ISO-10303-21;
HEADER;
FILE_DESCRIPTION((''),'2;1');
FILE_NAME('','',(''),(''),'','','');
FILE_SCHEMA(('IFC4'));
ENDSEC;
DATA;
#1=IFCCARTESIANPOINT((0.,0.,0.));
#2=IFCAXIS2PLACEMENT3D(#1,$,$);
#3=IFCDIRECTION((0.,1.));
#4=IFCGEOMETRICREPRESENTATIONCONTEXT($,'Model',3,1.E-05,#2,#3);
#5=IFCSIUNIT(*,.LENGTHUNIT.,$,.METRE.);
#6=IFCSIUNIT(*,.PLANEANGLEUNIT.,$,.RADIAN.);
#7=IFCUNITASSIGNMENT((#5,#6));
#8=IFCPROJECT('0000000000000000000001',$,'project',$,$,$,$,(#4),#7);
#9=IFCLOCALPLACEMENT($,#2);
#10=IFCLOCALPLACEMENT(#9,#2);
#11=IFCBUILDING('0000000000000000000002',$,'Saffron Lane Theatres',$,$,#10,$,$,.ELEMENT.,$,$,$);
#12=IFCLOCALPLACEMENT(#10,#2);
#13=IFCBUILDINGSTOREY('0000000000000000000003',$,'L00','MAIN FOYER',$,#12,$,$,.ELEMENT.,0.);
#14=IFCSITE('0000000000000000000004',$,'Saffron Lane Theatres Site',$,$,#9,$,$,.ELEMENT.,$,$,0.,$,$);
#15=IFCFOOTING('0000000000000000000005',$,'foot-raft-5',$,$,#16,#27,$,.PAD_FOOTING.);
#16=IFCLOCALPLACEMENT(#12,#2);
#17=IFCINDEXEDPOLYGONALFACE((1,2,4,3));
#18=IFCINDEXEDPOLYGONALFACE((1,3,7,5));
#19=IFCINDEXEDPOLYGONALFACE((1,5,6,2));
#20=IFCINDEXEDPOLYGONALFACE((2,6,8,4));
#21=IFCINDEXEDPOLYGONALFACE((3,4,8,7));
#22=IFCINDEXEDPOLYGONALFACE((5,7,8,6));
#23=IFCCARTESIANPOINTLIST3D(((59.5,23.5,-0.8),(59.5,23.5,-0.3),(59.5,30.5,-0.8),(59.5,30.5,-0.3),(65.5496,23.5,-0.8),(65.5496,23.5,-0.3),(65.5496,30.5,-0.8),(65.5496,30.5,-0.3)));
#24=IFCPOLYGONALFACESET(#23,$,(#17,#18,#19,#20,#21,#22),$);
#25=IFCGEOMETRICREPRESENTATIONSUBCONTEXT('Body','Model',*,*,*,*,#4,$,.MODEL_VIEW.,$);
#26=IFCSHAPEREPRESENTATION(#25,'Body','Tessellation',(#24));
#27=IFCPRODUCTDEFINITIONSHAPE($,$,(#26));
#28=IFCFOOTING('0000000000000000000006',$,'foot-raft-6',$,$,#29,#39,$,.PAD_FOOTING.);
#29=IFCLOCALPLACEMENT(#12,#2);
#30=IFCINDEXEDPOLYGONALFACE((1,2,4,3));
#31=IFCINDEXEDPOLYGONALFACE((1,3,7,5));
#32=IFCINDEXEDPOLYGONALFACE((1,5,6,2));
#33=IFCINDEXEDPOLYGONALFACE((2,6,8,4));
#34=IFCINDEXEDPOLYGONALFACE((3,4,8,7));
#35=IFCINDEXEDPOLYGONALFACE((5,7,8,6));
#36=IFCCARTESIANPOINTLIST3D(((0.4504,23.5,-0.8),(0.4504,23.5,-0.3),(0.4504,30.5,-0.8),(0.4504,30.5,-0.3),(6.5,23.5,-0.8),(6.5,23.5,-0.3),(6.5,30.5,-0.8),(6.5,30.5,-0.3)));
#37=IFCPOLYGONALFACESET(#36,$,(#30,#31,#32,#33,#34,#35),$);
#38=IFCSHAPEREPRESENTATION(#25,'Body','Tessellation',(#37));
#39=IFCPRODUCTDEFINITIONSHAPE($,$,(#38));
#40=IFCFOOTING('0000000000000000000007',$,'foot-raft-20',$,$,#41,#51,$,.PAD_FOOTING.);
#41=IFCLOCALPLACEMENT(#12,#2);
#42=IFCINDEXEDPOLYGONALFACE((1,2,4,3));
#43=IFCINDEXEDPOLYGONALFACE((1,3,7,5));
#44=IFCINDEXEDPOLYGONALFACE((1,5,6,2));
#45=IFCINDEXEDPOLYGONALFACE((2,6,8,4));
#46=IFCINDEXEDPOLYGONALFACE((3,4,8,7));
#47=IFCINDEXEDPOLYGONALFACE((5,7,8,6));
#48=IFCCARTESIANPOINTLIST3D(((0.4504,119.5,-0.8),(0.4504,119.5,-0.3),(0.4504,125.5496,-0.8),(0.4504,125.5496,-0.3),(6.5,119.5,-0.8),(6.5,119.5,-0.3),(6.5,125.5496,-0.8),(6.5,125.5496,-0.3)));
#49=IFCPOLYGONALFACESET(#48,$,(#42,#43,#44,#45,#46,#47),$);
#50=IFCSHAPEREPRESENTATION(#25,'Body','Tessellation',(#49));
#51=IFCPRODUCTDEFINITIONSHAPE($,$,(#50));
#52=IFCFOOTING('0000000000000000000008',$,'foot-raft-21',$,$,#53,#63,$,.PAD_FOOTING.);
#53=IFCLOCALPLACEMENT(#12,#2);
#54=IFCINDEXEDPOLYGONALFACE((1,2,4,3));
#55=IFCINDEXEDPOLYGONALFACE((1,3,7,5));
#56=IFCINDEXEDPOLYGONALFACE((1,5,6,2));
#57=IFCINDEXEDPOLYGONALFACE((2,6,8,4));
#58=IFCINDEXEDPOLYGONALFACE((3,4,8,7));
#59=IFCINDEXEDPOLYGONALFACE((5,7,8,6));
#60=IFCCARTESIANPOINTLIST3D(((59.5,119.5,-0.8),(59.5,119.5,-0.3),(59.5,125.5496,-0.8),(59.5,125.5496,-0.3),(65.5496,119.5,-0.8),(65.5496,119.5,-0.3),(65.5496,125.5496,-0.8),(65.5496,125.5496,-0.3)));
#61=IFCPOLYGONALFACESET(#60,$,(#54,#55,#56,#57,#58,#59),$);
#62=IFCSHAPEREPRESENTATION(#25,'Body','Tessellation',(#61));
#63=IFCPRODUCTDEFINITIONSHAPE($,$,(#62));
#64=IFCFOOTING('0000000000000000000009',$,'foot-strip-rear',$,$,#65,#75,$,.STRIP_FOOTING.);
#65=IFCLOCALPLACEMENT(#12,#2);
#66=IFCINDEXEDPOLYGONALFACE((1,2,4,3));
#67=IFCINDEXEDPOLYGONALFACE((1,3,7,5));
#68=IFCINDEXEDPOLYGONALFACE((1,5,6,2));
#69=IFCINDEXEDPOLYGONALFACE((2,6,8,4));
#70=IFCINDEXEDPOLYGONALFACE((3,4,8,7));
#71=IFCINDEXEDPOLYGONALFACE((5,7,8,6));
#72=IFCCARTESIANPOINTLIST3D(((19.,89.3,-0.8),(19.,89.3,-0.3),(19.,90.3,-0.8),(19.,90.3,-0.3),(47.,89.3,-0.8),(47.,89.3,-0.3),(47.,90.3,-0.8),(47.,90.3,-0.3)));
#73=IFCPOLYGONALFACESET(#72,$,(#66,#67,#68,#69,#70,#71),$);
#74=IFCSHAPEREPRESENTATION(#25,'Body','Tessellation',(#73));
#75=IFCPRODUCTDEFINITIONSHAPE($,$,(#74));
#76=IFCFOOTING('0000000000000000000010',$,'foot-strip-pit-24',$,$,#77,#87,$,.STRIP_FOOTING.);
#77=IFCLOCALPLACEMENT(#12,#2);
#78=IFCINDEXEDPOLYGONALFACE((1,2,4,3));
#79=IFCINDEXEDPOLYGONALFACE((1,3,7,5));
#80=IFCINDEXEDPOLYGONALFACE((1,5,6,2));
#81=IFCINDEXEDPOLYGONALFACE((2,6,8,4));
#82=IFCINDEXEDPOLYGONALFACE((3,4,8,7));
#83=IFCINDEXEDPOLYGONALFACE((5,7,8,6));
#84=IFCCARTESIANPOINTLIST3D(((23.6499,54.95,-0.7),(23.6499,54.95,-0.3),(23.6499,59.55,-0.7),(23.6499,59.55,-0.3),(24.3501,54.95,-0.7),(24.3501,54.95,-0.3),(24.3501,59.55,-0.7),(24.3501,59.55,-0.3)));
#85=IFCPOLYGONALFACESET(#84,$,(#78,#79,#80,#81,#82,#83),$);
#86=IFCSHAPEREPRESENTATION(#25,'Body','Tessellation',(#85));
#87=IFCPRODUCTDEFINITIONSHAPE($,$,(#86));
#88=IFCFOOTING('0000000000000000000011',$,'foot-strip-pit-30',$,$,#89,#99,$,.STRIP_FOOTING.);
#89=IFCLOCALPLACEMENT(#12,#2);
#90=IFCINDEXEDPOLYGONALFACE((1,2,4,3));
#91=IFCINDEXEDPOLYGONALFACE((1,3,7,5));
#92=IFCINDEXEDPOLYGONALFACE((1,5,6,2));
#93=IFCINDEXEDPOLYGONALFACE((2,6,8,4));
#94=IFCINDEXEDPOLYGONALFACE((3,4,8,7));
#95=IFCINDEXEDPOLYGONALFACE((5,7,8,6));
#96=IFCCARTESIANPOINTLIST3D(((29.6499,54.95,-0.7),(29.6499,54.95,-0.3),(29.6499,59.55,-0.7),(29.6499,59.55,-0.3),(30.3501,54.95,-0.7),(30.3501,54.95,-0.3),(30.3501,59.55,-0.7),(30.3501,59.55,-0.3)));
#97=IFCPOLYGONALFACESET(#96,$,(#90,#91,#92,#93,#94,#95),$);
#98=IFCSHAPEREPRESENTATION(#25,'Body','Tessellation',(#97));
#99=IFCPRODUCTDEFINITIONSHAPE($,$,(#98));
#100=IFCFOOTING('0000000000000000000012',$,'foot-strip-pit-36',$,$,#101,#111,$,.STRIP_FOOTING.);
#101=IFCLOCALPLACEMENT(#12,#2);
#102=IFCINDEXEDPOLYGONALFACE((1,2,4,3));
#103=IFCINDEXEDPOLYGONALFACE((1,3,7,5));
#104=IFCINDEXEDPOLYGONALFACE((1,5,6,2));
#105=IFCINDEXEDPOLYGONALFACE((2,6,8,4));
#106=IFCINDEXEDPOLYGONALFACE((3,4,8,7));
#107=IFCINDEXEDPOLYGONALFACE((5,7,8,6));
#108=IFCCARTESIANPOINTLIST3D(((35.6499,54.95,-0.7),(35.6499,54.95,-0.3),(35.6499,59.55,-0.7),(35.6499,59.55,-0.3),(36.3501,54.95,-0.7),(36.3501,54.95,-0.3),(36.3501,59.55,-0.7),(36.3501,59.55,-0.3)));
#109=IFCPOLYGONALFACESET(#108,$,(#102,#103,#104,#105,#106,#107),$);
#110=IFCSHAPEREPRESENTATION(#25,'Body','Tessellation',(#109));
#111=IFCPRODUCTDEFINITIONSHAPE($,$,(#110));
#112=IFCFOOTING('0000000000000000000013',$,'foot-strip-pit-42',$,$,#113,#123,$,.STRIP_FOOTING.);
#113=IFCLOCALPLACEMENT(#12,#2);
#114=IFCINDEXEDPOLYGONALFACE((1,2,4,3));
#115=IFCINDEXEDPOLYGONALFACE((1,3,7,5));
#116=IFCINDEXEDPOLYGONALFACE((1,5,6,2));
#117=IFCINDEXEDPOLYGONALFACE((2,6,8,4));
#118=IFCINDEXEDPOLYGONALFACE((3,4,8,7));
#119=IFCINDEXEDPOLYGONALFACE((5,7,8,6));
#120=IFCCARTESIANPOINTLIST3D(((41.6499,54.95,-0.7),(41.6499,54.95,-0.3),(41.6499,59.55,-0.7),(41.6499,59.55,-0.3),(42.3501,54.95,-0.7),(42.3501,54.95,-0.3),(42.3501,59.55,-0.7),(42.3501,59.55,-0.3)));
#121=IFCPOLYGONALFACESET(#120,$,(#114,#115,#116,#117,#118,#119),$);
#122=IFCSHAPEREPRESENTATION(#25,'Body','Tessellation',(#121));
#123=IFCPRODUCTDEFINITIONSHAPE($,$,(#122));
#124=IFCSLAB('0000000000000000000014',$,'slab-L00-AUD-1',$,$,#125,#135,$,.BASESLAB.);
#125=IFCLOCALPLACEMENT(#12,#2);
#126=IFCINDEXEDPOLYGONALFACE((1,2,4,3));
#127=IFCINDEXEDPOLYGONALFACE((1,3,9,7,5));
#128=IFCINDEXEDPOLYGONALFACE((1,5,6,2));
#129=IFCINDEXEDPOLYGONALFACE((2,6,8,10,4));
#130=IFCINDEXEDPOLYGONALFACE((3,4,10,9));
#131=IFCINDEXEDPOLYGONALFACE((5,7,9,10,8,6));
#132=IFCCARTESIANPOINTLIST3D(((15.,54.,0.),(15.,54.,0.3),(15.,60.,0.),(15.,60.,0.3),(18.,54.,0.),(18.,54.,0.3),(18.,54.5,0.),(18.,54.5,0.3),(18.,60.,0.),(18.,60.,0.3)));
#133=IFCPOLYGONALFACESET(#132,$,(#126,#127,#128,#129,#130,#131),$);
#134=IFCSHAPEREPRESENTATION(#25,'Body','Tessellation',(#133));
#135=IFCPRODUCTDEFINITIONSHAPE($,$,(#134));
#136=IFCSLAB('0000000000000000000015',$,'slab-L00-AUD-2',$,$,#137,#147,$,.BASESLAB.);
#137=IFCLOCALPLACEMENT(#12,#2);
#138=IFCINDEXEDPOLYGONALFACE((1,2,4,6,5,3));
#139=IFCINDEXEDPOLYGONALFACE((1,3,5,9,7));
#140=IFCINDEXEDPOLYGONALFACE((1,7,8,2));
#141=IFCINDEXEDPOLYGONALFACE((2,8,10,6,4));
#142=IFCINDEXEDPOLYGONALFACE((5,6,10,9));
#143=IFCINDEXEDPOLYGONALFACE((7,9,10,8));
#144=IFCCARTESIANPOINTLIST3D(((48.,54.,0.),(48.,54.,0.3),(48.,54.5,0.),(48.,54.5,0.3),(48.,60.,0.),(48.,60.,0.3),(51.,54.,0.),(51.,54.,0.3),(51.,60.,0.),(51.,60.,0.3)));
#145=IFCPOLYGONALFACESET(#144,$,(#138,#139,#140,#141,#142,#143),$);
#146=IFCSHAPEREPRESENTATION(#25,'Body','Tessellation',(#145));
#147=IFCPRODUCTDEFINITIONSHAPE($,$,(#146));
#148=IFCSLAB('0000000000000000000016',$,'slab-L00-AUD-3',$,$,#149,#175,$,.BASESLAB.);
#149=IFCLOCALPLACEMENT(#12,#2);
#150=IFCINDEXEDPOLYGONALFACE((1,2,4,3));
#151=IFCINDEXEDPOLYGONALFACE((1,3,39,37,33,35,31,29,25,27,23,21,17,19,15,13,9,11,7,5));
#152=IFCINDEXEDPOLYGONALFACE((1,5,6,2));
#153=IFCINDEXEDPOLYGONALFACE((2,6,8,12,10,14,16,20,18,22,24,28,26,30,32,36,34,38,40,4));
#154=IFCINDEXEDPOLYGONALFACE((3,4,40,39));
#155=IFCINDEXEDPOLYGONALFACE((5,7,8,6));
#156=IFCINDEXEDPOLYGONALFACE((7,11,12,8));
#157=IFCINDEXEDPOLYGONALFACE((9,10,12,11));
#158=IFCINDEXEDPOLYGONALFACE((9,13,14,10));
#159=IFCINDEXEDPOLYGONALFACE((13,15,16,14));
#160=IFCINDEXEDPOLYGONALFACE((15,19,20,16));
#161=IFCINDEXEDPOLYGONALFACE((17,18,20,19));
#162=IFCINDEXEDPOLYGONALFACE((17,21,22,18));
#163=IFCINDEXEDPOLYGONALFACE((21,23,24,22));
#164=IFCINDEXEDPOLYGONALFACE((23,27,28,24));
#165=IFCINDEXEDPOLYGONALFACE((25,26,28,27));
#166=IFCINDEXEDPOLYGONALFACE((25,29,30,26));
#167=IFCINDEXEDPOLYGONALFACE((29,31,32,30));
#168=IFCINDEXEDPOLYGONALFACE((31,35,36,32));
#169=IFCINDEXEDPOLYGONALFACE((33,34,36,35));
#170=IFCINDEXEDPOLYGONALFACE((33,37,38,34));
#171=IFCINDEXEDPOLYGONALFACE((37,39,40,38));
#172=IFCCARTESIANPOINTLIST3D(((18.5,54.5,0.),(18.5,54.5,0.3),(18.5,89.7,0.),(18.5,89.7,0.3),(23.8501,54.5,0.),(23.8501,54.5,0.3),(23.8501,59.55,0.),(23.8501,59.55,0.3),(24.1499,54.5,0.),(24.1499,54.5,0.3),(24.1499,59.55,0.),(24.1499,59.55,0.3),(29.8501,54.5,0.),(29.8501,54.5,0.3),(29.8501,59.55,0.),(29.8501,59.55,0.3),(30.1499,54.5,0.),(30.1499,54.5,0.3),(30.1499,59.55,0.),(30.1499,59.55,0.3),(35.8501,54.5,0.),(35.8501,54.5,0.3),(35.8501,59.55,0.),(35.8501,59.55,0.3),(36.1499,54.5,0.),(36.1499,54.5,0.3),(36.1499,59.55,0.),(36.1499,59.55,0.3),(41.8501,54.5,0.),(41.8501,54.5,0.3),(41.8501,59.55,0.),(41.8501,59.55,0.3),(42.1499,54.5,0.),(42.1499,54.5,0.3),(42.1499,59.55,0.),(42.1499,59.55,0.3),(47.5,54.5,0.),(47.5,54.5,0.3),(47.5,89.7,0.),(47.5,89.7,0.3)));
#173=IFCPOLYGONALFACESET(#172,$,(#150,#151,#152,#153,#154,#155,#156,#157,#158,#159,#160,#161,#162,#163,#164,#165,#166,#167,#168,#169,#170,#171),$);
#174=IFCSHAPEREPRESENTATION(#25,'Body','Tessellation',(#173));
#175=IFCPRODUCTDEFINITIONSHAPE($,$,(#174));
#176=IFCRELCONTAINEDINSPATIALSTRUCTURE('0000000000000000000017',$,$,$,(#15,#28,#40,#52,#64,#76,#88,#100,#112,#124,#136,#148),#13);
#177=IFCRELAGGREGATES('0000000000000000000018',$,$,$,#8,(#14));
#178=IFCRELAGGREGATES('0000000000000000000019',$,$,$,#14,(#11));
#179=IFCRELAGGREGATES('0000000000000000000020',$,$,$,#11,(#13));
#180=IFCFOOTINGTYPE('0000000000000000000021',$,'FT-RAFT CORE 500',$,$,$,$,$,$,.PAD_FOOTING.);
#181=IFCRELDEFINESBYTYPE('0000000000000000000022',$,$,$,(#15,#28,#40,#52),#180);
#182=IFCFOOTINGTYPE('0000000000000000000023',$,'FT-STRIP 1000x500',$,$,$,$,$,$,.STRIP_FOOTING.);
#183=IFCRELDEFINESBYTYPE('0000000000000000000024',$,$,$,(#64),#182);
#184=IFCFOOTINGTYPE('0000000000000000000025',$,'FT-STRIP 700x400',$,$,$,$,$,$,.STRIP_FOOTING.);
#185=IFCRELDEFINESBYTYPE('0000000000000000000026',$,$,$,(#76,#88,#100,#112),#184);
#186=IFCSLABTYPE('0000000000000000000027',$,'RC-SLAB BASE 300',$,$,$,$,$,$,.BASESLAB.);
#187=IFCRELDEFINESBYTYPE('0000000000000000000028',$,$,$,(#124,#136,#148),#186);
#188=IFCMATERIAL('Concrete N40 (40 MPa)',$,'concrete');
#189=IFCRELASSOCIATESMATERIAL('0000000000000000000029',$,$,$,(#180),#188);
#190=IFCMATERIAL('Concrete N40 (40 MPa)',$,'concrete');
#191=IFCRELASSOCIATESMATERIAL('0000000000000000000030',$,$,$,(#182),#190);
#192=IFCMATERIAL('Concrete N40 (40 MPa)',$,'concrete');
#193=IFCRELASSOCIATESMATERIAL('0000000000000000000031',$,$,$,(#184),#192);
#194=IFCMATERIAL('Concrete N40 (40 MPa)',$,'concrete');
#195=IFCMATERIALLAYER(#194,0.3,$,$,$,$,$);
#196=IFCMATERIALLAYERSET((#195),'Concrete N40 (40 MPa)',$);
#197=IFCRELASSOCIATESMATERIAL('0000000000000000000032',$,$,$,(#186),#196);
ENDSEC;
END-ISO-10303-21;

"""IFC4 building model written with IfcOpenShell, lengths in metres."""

from ifc_helpers import new_model, si_unit, direction, frame, origin, place, context, subcontext, project, spatial, polyline, outline, extrude, material, layer, layer_set, type_object, element, save


model = new_model("IFC4")

# Units and contexts
model_context = context("Model", 3, precision=1e-05, world=origin(), true_north=direction((0.0, 1.0)))
body_context = subcontext(model_context, "Body", "Model", "MODEL_VIEW")
ifc_project = project(units=[si_unit("LENGTHUNIT", "METRE"), si_unit("PLANEANGLEUNIT", "RADIAN")], contexts=[model_context])

# Site, building, storey
site_placement = place(None, origin())
site = spatial("IfcSite", under=ifc_project, at=site_placement, Name="Saffron Lane Theatres Site", CompositionType="ELEMENT", RefElevation=0.0)
building_placement = place(site_placement, origin())
building = spatial("IfcBuilding", under=site, at=building_placement, Name="Saffron Lane Theatres", CompositionType="ELEMENT")
storey_placement = place(building_placement, origin())
storey = spatial("IfcBuildingStorey", under=building, at=storey_placement, Name="L00", Description="MAIN FOYER", CompositionType="ELEMENT", Elevation=0.0)

# Footings
ifc_material_1 = material(Name="Concrete N40 (40 MPa)", Category="concrete")
footing_type_1 = type_object("IfcFootingType", Name="FT-RAFT CORE 500", PredefinedType="PAD_FOOTING", material=ifc_material_1)
footing_1_placement = place(storey_placement, frame((0.0, 0.0, -0.8)))
element("IfcFooting", 1, at=footing_1_placement, inside=storey, type_object=footing_type_1, Name="foot-raft-5", PredefinedType="PAD_FOOTING", context=body_context, shape_type="SweptSolid", body=[
    extrude(outline(polyline([(59.5, 23.5), (65.5496, 23.5), (65.5496, 30.5), (59.5, 30.5), (59.5, 23.5)])), origin(), (0.0, 0.0, 1.0), 0.5),
])
footing_2_placement = place(storey_placement, frame((0.0, 0.0, -0.8)))
element("IfcFooting", 2, at=footing_2_placement, inside=storey, type_object=footing_type_1, Name="foot-raft-6", PredefinedType="PAD_FOOTING", context=body_context, shape_type="SweptSolid", body=[
    extrude(outline(polyline([(6.5, 30.5), (0.4504, 30.5), (0.4504, 23.5), (6.5, 23.5), (6.5, 30.5)])), origin(), (0.0, 0.0, 1.0), 0.5),
])
footing_3_placement = place(storey_placement, frame((0.0, 0.0, -0.8)))
element("IfcFooting", 3, at=footing_3_placement, inside=storey, type_object=footing_type_1, Name="foot-raft-20", PredefinedType="PAD_FOOTING", context=body_context, shape_type="SweptSolid", body=[
    extrude(outline(polyline([(0.4504, 119.5), (6.5, 119.5), (6.5, 125.5496), (0.4504, 125.5496), (0.4504, 119.5)])), origin(), (0.0, 0.0, 1.0), 0.5),
])
footing_4_placement = place(storey_placement, frame((0.0, 0.0, -0.8)))
element("IfcFooting", 4, at=footing_4_placement, inside=storey, type_object=footing_type_1, Name="foot-raft-21", PredefinedType="PAD_FOOTING", context=body_context, shape_type="SweptSolid", body=[
    extrude(outline(polyline([(59.5, 119.5), (65.5496, 119.5), (65.5496, 125.5496), (59.5, 125.5496), (59.5, 119.5)])), origin(), (0.0, 0.0, 1.0), 0.5),
])
ifc_material_2 = material(Name="Concrete N40 (40 MPa)", Category="concrete")
footing_type_2 = type_object("IfcFootingType", Name="FT-STRIP 1000x500", PredefinedType="STRIP_FOOTING", material=ifc_material_2)
footing_5_placement = place(storey_placement, frame((0.0, 0.0, -0.8)))
element("IfcFooting", 5, at=footing_5_placement, inside=storey, type_object=footing_type_2, Name="foot-strip-rear", PredefinedType="STRIP_FOOTING", context=body_context, shape_type="SweptSolid", body=[
    extrude(outline(polyline([(19.0, 89.3), (47.0, 89.3), (47.0, 90.3), (19.0, 90.3), (19.0, 89.3)])), origin(), (0.0, 0.0, 1.0), 0.5),
])
ifc_material_3 = material(Name="Concrete N40 (40 MPa)", Category="concrete")
footing_type_3 = type_object("IfcFootingType", Name="FT-STRIP 700x400", PredefinedType="STRIP_FOOTING", material=ifc_material_3)
footing_6_placement = place(storey_placement, frame((0.0, 0.0, -0.7)))
element("IfcFooting", 6, at=footing_6_placement, inside=storey, type_object=footing_type_3, Name="foot-strip-pit-24", PredefinedType="STRIP_FOOTING", context=body_context, shape_type="SweptSolid", body=[
    extrude(outline(polyline([(23.6499, 54.95), (24.3501, 54.95), (24.3501, 59.55), (23.6499, 59.55), (23.6499, 54.95)])), origin(), (0.0, 0.0, 1.0), 0.3999),
])
footing_7_placement = place(storey_placement, frame((0.0, 0.0, -0.7)))
element("IfcFooting", 7, at=footing_7_placement, inside=storey, type_object=footing_type_3, Name="foot-strip-pit-30", PredefinedType="STRIP_FOOTING", context=body_context, shape_type="SweptSolid", body=[
    extrude(outline(polyline([(29.6499, 54.95), (30.3501, 54.95), (30.3501, 59.55), (29.6499, 59.55), (29.6499, 54.95)])), origin(), (0.0, 0.0, 1.0), 0.3999),
])
footing_8_placement = place(storey_placement, frame((0.0, 0.0, -0.7)))
element("IfcFooting", 8, at=footing_8_placement, inside=storey, type_object=footing_type_3, Name="foot-strip-pit-36", PredefinedType="STRIP_FOOTING", context=body_context, shape_type="SweptSolid", body=[
    extrude(outline(polyline([(35.6499, 54.95), (36.3501, 54.95), (36.3501, 59.55), (35.6499, 59.55), (35.6499, 54.95)])), origin(), (0.0, 0.0, 1.0), 0.3999),
])
footing_9_placement = place(storey_placement, frame((0.0, 0.0, -0.7)))
element("IfcFooting", 9, at=footing_9_placement, inside=storey, type_object=footing_type_3, Name="foot-strip-pit-42", PredefinedType="STRIP_FOOTING", context=body_context, shape_type="SweptSolid", body=[
    extrude(outline(polyline([(41.6499, 54.95), (42.3501, 54.95), (42.3501, 59.55), (41.6499, 59.55), (41.6499, 54.95)])), origin(), (0.0, 0.0, 1.0), 0.3999),
])

# Slabs
ifc_material_4 = material(Name="Concrete N40 (40 MPa)", Category="concrete")
ifc_layer = layer(ifc_material_4, 0.3)
ifc_layer_set = layer_set([ifc_layer], Name="Concrete N40 (40 MPa)")
slab_type = type_object("IfcSlabType", Name="RC-SLAB BASE 300", PredefinedType="BASESLAB", material=ifc_layer_set)
slab_1_placement = place(storey_placement, origin())
element("IfcSlab", 10, at=slab_1_placement, inside=storey, type_object=slab_type, Name="slab-L00-AUD-1", PredefinedType="BASESLAB", context=body_context, shape_type="SweptSolid", body=[
    extrude(outline(polyline([(15.0, 60.0), (15.0, 54.0), (18.0, 54.0), (18.0, 54.5), (18.0, 60.0), (15.0, 60.0)])), origin(), (0.0, 0.0, 1.0), 0.3),
])
slab_2_placement = place(storey_placement, origin())
element("IfcSlab", 11, at=slab_2_placement, inside=storey, type_object=slab_type, Name="slab-L00-AUD-2", PredefinedType="BASESLAB", context=body_context, shape_type="SweptSolid", body=[
    extrude(outline(polyline([(48.0, 54.5), (48.0, 54.0), (51.0, 54.0), (51.0, 60.0), (48.0, 60.0), (48.0, 54.5)])), origin(), (0.0, 0.0, 1.0), 0.3),
])
slab_3_placement = place(storey_placement, origin())
element("IfcSlab", 12, at=slab_3_placement, inside=storey, type_object=slab_type, Name="slab-L00-AUD-3", PredefinedType="BASESLAB", context=body_context, shape_type="SweptSolid", body=[
    extrude(outline(polyline([(47.5, 89.7), (18.5, 89.7), (18.5, 54.5), (23.8501, 54.5), (23.8501, 59.55), (24.1499, 59.55), (24.1499, 54.5), (29.8501, 54.5), (29.8501, 59.55), (30.1499, 59.55), (30.1499, 54.5), (35.8501, 54.5), (35.8501, 59.55), (36.1499, 59.55), (36.1499, 54.5), (41.8501, 54.5), (41.8501, 59.55), (42.1499, 59.55), (42.1499, 54.5), (47.5, 54.5), (47.5, 89.7)])), origin(), (0.0, 0.0, 1.0), 0.3),
])

save(model, "model.ifc")
